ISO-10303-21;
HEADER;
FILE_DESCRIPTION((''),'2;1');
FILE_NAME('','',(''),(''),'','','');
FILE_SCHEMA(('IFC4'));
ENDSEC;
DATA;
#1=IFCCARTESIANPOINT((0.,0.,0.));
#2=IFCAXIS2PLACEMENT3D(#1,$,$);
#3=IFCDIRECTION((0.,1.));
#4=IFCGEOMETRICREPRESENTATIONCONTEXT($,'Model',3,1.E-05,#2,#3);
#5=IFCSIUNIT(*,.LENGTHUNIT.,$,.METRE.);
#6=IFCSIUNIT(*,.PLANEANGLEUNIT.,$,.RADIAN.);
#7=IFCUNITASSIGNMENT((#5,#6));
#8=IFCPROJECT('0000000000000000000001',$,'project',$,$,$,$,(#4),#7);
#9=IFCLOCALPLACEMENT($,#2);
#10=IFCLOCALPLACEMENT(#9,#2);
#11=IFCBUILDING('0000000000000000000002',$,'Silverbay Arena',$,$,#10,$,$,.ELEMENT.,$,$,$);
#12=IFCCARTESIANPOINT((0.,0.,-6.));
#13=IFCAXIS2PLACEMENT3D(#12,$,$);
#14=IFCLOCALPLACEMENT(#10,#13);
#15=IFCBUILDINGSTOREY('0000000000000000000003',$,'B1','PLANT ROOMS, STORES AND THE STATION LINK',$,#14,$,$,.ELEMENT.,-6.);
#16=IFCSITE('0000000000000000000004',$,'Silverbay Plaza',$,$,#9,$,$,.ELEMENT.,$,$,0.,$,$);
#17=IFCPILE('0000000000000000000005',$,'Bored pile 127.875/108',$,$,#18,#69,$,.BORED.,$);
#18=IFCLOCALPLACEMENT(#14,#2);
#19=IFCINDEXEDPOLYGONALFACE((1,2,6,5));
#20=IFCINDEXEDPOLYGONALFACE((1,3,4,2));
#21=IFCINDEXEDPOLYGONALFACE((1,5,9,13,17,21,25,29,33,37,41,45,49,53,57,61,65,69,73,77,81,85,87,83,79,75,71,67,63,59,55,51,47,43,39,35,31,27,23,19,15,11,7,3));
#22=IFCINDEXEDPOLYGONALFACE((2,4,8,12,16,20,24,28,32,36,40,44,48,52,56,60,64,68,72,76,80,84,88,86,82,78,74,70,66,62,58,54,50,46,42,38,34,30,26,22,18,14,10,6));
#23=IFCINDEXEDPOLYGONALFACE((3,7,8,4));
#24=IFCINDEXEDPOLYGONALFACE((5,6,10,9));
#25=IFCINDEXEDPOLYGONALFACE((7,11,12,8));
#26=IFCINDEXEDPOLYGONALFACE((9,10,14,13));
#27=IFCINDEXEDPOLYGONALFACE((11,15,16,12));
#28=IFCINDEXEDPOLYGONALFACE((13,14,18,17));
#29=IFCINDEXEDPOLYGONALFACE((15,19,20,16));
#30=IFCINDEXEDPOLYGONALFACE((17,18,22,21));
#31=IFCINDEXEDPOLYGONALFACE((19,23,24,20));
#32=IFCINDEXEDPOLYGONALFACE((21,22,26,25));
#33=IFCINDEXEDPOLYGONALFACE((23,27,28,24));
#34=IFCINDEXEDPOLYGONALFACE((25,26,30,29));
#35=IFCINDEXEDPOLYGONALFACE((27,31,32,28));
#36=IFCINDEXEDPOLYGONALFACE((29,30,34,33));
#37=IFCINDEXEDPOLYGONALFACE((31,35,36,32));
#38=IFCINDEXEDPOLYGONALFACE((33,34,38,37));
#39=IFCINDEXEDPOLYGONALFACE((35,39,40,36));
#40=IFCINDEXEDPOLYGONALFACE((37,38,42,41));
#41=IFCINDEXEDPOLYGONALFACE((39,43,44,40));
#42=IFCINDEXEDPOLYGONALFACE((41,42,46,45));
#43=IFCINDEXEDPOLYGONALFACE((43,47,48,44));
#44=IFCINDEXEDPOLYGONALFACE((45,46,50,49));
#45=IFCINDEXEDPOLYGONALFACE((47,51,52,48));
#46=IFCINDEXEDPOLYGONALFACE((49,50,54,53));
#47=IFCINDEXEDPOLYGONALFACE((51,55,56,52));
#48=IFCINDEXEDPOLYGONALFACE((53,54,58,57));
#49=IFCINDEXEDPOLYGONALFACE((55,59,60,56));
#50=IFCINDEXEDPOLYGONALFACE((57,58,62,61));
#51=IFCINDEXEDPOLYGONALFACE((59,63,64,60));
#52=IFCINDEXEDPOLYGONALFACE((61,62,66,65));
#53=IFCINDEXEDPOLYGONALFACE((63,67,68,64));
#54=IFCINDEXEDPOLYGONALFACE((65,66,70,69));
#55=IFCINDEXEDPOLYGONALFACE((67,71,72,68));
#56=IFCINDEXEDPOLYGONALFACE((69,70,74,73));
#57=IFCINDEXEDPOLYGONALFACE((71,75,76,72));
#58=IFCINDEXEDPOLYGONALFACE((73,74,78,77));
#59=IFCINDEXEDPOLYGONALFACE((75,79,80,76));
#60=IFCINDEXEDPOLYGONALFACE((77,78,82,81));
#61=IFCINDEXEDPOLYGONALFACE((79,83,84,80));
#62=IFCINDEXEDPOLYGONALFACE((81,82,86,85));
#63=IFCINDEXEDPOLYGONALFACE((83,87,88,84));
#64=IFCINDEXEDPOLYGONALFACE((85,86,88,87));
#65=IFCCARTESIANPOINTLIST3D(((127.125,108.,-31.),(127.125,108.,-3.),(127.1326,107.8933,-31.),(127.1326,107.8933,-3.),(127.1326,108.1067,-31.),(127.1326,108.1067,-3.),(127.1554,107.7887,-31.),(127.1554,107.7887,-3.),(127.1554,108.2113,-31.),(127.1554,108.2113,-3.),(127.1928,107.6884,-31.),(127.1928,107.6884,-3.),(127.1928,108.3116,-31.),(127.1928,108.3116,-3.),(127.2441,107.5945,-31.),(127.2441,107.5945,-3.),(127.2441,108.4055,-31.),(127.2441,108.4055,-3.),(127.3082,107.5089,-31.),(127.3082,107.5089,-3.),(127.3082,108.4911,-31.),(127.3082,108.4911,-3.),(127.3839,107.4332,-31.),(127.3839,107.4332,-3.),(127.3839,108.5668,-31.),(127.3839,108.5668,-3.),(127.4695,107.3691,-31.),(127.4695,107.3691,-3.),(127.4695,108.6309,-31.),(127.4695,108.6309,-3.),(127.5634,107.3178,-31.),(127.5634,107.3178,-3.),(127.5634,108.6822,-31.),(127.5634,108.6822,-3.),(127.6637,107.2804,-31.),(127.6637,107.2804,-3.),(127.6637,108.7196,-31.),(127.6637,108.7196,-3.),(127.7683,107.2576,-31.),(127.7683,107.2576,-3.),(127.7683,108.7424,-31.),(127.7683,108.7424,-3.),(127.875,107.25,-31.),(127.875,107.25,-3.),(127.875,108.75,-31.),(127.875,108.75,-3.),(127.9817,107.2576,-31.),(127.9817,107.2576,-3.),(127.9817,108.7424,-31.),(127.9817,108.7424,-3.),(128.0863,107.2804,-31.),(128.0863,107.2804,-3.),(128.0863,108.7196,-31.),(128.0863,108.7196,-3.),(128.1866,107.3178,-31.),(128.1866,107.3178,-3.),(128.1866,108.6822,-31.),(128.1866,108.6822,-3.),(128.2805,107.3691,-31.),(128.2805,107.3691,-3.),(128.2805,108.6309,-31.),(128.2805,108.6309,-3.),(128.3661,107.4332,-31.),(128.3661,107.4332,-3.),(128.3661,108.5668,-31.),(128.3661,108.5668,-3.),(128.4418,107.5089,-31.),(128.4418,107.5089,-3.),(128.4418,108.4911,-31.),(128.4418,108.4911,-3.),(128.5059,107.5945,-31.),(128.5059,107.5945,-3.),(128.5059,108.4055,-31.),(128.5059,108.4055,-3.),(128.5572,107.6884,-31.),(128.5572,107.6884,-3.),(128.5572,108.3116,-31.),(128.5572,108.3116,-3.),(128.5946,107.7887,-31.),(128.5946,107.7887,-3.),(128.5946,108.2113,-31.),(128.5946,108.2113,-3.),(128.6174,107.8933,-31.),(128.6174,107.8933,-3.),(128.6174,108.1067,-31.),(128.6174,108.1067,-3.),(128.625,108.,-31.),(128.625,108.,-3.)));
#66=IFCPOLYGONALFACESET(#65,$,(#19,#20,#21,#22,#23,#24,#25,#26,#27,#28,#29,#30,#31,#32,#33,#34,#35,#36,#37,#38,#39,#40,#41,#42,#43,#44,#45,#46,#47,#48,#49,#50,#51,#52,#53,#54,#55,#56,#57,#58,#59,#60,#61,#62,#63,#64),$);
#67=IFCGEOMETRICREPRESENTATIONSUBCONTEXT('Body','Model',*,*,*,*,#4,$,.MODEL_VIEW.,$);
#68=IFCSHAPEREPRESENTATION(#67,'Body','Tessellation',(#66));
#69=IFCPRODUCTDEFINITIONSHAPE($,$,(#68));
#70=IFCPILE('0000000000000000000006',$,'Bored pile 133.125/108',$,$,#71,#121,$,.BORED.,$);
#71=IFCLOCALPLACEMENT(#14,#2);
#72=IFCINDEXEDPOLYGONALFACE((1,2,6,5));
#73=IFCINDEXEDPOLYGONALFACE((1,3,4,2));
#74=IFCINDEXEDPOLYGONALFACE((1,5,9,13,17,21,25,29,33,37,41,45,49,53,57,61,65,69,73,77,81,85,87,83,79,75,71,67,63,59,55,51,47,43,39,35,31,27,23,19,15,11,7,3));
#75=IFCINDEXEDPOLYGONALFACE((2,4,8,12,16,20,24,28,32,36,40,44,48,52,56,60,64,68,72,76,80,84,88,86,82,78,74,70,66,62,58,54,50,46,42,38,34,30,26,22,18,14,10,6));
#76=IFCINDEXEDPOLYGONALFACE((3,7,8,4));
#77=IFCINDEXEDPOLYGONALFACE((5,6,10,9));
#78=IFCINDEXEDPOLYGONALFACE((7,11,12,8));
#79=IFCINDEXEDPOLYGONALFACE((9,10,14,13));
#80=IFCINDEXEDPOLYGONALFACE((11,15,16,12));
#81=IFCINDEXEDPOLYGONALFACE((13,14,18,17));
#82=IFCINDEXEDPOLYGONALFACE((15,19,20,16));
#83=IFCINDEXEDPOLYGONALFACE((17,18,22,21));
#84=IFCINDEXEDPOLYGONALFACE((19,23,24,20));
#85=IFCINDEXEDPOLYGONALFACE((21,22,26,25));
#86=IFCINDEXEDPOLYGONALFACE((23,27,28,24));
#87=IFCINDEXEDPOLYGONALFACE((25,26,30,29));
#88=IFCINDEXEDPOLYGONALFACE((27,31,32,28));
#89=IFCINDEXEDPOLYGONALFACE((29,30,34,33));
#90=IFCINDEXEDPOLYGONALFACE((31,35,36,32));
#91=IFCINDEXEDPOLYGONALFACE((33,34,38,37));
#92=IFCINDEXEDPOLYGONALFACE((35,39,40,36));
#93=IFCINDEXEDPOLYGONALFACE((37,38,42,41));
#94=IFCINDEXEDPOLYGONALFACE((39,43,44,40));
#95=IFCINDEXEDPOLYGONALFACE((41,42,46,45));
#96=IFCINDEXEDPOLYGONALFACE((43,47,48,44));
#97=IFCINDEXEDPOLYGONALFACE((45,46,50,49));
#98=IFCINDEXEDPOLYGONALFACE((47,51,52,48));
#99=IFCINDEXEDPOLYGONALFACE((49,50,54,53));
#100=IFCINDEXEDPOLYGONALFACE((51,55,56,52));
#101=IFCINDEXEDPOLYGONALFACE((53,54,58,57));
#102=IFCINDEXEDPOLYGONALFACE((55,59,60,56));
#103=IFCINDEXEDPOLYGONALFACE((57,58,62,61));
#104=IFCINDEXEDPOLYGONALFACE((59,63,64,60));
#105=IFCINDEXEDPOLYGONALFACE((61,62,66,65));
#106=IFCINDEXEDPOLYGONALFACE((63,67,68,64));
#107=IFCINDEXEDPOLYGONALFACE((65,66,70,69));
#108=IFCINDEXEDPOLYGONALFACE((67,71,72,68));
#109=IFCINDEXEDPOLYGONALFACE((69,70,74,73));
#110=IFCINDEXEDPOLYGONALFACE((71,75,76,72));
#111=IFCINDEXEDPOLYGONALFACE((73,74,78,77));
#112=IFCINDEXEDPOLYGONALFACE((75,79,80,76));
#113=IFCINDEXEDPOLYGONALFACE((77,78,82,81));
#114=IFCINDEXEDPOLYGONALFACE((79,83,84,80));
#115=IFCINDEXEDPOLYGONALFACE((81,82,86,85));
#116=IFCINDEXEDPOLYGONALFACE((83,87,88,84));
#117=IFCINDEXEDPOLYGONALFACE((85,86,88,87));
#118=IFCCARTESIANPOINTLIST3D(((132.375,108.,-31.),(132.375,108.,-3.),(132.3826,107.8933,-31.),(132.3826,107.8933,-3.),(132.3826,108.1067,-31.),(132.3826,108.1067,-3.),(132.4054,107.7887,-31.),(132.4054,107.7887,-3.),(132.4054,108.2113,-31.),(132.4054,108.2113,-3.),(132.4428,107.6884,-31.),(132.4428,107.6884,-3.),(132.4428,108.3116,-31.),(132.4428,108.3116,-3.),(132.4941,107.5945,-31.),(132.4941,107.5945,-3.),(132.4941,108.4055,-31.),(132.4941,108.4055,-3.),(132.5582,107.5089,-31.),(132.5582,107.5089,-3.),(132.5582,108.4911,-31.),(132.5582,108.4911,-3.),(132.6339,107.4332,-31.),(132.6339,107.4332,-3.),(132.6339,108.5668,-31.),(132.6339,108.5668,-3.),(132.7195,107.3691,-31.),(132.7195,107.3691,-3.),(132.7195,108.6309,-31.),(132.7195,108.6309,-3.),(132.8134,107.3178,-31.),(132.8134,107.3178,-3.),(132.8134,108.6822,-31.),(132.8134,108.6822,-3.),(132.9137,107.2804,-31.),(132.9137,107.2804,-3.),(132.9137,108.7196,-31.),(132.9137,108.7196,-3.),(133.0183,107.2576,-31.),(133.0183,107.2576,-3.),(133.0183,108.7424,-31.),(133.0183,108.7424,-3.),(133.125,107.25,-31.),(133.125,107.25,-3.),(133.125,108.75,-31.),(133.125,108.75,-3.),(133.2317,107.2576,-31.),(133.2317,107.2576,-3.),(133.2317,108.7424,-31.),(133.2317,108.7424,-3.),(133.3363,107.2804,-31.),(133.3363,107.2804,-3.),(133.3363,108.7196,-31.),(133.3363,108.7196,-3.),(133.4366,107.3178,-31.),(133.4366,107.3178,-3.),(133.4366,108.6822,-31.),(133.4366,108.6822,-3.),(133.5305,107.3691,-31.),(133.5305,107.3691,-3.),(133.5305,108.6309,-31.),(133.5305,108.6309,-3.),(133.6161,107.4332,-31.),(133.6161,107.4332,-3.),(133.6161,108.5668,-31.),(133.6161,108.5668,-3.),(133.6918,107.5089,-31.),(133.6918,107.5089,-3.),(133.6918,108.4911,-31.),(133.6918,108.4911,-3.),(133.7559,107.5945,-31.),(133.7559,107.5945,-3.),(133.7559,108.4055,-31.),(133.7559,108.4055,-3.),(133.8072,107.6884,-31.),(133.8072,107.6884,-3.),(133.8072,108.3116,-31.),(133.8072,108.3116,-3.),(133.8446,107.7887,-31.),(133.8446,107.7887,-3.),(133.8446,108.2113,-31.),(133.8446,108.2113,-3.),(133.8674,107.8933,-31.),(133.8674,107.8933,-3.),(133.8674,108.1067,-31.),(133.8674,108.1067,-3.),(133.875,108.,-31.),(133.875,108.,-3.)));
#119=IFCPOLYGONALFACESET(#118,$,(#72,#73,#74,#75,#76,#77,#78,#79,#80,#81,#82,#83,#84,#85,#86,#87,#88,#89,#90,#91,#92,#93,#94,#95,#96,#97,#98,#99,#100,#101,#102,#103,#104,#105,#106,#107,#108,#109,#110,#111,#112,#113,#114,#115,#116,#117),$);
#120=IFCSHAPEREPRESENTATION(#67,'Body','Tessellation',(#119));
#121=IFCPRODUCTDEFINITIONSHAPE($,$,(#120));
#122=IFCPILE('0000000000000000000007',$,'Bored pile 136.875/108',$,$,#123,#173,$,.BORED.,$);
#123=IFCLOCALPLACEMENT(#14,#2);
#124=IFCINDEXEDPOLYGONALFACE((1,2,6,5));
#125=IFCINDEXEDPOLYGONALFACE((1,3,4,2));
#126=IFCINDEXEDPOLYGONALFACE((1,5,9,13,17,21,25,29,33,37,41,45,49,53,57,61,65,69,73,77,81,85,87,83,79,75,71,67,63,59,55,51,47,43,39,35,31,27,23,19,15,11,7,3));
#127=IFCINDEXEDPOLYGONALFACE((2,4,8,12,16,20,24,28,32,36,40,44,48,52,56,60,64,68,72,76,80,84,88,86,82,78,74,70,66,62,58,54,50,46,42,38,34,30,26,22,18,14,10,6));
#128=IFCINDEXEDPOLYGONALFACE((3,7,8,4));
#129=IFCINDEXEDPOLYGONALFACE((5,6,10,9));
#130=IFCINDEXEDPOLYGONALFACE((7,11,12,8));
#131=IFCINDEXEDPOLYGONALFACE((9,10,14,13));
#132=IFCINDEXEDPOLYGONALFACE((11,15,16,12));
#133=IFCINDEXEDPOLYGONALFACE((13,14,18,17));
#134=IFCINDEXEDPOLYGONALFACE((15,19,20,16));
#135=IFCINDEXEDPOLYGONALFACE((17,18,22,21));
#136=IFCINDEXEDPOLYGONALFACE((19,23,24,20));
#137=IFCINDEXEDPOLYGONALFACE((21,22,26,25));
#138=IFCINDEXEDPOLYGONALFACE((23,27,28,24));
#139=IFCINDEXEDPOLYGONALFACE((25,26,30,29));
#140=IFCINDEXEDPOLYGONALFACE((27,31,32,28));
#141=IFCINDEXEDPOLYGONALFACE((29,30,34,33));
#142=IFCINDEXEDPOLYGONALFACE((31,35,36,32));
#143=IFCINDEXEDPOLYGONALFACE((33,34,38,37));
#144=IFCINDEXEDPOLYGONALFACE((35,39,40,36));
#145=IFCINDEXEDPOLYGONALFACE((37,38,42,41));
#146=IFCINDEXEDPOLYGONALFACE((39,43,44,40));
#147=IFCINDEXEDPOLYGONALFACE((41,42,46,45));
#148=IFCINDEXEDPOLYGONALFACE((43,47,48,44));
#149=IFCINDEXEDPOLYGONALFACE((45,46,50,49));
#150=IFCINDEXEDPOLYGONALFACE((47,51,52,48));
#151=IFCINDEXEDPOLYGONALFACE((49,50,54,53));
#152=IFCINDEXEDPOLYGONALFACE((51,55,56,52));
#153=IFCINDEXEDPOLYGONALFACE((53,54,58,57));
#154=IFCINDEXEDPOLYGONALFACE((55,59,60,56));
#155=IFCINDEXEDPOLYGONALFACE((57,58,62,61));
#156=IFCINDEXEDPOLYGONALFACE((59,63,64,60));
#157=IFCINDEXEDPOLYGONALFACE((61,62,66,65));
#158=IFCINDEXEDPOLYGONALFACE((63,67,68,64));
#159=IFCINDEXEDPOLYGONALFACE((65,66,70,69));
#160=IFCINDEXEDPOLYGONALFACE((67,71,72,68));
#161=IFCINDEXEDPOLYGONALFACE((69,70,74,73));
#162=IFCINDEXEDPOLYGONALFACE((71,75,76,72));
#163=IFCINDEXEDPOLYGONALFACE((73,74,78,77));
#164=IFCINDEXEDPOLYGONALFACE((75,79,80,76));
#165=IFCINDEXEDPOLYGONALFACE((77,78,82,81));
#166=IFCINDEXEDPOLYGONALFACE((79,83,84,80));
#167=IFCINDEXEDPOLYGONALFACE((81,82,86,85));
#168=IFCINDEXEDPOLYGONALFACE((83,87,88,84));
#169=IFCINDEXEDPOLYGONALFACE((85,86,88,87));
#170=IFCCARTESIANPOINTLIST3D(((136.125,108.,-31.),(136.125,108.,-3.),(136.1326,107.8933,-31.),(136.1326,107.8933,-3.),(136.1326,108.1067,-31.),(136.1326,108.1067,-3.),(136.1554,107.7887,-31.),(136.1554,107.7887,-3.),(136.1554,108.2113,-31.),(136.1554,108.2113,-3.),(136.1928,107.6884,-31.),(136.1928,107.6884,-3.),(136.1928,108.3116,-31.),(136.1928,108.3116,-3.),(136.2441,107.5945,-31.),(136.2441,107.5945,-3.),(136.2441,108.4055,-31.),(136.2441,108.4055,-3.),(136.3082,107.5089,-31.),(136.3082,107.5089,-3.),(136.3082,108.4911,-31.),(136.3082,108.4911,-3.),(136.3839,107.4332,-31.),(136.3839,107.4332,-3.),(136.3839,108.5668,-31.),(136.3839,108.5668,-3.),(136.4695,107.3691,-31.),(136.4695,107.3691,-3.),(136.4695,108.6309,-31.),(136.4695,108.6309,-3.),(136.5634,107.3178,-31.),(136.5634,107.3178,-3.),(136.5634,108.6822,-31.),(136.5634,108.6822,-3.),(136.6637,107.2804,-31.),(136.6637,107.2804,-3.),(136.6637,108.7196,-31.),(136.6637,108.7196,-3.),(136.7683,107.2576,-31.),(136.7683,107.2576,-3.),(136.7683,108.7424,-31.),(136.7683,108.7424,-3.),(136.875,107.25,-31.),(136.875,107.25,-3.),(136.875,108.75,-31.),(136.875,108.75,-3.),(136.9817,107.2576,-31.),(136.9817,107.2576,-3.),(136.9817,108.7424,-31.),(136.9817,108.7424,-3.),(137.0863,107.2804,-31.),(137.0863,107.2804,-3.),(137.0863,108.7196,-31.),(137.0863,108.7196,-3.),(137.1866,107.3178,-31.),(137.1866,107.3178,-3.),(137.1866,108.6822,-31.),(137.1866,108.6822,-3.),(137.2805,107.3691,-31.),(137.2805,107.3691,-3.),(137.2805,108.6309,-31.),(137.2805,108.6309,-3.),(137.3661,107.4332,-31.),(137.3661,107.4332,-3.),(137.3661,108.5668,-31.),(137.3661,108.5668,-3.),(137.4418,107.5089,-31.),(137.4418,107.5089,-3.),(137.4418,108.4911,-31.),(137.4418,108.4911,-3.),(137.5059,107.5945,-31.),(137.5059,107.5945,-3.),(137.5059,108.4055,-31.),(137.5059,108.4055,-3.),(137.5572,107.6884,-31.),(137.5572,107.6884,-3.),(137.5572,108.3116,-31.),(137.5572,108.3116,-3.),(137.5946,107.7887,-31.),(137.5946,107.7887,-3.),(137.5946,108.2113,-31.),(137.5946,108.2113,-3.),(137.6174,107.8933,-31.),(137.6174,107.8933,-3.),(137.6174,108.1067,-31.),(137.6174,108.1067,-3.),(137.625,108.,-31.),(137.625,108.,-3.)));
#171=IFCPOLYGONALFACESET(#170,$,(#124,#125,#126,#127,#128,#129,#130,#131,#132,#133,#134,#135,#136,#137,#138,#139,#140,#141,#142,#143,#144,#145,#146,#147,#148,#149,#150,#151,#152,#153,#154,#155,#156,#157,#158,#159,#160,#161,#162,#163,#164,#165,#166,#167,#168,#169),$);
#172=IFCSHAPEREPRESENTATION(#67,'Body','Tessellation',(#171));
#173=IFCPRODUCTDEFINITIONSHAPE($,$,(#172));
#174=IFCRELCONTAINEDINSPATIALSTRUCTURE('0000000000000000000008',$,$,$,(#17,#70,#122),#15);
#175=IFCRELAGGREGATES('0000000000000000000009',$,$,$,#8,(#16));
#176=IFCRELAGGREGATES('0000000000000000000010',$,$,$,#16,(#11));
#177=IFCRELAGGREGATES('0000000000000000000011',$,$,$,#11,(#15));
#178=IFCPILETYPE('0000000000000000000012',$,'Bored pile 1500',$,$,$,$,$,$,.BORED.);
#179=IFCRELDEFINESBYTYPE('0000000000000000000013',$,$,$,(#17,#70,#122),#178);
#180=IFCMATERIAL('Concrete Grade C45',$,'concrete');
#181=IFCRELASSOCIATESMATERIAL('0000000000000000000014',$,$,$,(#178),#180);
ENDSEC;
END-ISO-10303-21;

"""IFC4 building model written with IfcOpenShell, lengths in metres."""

from ifc_helpers import new_model, si_unit, direction, frame, origin, origin_2d, place, context, subcontext, project, spatial, circle, extrude, material, material_profile, profile_set, type_object, element, save


model = new_model("IFC4")

# Units and contexts
model_context = context("Model", 3, precision=1e-05, world=origin(), true_north=direction((0.0, 1.0)))
body_context = subcontext(model_context, "Body", "Model", "MODEL_VIEW")
ifc_project = project(units=[si_unit("LENGTHUNIT", "METRE"), si_unit("PLANEANGLEUNIT", "RADIAN")], contexts=[model_context])

# Site, building, storey
site_placement = place(None, origin())
site = spatial("IfcSite", under=ifc_project, at=site_placement, Name="Silverbay Plaza", CompositionType="ELEMENT", RefElevation=0.0)
building_placement = place(site_placement, origin())
building = spatial("IfcBuilding", under=site, at=building_placement, Name="Silverbay Arena", CompositionType="ELEMENT")
storey_placement = place(building_placement, frame((0.0, 0.0, -6.0)))
storey = spatial("IfcBuildingStorey", under=building, at=storey_placement, Name="B1", Description="PLANT ROOMS, STORES AND THE STATION LINK", CompositionType="ELEMENT", Elevation=-6.0)

# Piles
ifc_material_1 = material(Name="Concrete Grade C45", Category="concrete")
ifc_material_profile_1 = material_profile(ifc_material_1, circle(Radius=0.75, at=origin_2d()), Name="Bored pile 1500")
ifc_profile_set_1 = profile_set([ifc_material_profile_1], Name="Concrete Grade C45")
pile_type = type_object("IfcPileType", Name="Bored pile 1500", PredefinedType="BORED", material=ifc_profile_set_1)
for number, where, z_axis, x_axis, name in (
    (1, (127.875, 108.0, -3.0), (0.0, 0.0, -1.0), (1.0, 0.0, 0.0), "Bored pile 127.875/108"),
    (2, (133.125, 108.0, -3.0), (0.0, 0.0, -1.0), (1.0, 0.0, 0.0), "Bored pile 133.125/108"),
    (3, (136.875, 108.0, -3.0), (0.0, 0.0, -1.0), (1.0, 0.0, 0.0), "Bored pile 136.875/108"),
):
    element("IfcPile", number, at=place(storey_placement, frame(where, z_axis=z_axis, x_axis=x_axis)), inside=storey, type_object=pile_type, Name=name, PredefinedType="BORED", context=body_context, shape_type="SweptSolid", body=[
        extrude(circle(Radius=0.75, at=origin_2d()), origin(), (0.0, 0.0, 1.0), 28.0),
    ])

save(model, "model.ifc")
